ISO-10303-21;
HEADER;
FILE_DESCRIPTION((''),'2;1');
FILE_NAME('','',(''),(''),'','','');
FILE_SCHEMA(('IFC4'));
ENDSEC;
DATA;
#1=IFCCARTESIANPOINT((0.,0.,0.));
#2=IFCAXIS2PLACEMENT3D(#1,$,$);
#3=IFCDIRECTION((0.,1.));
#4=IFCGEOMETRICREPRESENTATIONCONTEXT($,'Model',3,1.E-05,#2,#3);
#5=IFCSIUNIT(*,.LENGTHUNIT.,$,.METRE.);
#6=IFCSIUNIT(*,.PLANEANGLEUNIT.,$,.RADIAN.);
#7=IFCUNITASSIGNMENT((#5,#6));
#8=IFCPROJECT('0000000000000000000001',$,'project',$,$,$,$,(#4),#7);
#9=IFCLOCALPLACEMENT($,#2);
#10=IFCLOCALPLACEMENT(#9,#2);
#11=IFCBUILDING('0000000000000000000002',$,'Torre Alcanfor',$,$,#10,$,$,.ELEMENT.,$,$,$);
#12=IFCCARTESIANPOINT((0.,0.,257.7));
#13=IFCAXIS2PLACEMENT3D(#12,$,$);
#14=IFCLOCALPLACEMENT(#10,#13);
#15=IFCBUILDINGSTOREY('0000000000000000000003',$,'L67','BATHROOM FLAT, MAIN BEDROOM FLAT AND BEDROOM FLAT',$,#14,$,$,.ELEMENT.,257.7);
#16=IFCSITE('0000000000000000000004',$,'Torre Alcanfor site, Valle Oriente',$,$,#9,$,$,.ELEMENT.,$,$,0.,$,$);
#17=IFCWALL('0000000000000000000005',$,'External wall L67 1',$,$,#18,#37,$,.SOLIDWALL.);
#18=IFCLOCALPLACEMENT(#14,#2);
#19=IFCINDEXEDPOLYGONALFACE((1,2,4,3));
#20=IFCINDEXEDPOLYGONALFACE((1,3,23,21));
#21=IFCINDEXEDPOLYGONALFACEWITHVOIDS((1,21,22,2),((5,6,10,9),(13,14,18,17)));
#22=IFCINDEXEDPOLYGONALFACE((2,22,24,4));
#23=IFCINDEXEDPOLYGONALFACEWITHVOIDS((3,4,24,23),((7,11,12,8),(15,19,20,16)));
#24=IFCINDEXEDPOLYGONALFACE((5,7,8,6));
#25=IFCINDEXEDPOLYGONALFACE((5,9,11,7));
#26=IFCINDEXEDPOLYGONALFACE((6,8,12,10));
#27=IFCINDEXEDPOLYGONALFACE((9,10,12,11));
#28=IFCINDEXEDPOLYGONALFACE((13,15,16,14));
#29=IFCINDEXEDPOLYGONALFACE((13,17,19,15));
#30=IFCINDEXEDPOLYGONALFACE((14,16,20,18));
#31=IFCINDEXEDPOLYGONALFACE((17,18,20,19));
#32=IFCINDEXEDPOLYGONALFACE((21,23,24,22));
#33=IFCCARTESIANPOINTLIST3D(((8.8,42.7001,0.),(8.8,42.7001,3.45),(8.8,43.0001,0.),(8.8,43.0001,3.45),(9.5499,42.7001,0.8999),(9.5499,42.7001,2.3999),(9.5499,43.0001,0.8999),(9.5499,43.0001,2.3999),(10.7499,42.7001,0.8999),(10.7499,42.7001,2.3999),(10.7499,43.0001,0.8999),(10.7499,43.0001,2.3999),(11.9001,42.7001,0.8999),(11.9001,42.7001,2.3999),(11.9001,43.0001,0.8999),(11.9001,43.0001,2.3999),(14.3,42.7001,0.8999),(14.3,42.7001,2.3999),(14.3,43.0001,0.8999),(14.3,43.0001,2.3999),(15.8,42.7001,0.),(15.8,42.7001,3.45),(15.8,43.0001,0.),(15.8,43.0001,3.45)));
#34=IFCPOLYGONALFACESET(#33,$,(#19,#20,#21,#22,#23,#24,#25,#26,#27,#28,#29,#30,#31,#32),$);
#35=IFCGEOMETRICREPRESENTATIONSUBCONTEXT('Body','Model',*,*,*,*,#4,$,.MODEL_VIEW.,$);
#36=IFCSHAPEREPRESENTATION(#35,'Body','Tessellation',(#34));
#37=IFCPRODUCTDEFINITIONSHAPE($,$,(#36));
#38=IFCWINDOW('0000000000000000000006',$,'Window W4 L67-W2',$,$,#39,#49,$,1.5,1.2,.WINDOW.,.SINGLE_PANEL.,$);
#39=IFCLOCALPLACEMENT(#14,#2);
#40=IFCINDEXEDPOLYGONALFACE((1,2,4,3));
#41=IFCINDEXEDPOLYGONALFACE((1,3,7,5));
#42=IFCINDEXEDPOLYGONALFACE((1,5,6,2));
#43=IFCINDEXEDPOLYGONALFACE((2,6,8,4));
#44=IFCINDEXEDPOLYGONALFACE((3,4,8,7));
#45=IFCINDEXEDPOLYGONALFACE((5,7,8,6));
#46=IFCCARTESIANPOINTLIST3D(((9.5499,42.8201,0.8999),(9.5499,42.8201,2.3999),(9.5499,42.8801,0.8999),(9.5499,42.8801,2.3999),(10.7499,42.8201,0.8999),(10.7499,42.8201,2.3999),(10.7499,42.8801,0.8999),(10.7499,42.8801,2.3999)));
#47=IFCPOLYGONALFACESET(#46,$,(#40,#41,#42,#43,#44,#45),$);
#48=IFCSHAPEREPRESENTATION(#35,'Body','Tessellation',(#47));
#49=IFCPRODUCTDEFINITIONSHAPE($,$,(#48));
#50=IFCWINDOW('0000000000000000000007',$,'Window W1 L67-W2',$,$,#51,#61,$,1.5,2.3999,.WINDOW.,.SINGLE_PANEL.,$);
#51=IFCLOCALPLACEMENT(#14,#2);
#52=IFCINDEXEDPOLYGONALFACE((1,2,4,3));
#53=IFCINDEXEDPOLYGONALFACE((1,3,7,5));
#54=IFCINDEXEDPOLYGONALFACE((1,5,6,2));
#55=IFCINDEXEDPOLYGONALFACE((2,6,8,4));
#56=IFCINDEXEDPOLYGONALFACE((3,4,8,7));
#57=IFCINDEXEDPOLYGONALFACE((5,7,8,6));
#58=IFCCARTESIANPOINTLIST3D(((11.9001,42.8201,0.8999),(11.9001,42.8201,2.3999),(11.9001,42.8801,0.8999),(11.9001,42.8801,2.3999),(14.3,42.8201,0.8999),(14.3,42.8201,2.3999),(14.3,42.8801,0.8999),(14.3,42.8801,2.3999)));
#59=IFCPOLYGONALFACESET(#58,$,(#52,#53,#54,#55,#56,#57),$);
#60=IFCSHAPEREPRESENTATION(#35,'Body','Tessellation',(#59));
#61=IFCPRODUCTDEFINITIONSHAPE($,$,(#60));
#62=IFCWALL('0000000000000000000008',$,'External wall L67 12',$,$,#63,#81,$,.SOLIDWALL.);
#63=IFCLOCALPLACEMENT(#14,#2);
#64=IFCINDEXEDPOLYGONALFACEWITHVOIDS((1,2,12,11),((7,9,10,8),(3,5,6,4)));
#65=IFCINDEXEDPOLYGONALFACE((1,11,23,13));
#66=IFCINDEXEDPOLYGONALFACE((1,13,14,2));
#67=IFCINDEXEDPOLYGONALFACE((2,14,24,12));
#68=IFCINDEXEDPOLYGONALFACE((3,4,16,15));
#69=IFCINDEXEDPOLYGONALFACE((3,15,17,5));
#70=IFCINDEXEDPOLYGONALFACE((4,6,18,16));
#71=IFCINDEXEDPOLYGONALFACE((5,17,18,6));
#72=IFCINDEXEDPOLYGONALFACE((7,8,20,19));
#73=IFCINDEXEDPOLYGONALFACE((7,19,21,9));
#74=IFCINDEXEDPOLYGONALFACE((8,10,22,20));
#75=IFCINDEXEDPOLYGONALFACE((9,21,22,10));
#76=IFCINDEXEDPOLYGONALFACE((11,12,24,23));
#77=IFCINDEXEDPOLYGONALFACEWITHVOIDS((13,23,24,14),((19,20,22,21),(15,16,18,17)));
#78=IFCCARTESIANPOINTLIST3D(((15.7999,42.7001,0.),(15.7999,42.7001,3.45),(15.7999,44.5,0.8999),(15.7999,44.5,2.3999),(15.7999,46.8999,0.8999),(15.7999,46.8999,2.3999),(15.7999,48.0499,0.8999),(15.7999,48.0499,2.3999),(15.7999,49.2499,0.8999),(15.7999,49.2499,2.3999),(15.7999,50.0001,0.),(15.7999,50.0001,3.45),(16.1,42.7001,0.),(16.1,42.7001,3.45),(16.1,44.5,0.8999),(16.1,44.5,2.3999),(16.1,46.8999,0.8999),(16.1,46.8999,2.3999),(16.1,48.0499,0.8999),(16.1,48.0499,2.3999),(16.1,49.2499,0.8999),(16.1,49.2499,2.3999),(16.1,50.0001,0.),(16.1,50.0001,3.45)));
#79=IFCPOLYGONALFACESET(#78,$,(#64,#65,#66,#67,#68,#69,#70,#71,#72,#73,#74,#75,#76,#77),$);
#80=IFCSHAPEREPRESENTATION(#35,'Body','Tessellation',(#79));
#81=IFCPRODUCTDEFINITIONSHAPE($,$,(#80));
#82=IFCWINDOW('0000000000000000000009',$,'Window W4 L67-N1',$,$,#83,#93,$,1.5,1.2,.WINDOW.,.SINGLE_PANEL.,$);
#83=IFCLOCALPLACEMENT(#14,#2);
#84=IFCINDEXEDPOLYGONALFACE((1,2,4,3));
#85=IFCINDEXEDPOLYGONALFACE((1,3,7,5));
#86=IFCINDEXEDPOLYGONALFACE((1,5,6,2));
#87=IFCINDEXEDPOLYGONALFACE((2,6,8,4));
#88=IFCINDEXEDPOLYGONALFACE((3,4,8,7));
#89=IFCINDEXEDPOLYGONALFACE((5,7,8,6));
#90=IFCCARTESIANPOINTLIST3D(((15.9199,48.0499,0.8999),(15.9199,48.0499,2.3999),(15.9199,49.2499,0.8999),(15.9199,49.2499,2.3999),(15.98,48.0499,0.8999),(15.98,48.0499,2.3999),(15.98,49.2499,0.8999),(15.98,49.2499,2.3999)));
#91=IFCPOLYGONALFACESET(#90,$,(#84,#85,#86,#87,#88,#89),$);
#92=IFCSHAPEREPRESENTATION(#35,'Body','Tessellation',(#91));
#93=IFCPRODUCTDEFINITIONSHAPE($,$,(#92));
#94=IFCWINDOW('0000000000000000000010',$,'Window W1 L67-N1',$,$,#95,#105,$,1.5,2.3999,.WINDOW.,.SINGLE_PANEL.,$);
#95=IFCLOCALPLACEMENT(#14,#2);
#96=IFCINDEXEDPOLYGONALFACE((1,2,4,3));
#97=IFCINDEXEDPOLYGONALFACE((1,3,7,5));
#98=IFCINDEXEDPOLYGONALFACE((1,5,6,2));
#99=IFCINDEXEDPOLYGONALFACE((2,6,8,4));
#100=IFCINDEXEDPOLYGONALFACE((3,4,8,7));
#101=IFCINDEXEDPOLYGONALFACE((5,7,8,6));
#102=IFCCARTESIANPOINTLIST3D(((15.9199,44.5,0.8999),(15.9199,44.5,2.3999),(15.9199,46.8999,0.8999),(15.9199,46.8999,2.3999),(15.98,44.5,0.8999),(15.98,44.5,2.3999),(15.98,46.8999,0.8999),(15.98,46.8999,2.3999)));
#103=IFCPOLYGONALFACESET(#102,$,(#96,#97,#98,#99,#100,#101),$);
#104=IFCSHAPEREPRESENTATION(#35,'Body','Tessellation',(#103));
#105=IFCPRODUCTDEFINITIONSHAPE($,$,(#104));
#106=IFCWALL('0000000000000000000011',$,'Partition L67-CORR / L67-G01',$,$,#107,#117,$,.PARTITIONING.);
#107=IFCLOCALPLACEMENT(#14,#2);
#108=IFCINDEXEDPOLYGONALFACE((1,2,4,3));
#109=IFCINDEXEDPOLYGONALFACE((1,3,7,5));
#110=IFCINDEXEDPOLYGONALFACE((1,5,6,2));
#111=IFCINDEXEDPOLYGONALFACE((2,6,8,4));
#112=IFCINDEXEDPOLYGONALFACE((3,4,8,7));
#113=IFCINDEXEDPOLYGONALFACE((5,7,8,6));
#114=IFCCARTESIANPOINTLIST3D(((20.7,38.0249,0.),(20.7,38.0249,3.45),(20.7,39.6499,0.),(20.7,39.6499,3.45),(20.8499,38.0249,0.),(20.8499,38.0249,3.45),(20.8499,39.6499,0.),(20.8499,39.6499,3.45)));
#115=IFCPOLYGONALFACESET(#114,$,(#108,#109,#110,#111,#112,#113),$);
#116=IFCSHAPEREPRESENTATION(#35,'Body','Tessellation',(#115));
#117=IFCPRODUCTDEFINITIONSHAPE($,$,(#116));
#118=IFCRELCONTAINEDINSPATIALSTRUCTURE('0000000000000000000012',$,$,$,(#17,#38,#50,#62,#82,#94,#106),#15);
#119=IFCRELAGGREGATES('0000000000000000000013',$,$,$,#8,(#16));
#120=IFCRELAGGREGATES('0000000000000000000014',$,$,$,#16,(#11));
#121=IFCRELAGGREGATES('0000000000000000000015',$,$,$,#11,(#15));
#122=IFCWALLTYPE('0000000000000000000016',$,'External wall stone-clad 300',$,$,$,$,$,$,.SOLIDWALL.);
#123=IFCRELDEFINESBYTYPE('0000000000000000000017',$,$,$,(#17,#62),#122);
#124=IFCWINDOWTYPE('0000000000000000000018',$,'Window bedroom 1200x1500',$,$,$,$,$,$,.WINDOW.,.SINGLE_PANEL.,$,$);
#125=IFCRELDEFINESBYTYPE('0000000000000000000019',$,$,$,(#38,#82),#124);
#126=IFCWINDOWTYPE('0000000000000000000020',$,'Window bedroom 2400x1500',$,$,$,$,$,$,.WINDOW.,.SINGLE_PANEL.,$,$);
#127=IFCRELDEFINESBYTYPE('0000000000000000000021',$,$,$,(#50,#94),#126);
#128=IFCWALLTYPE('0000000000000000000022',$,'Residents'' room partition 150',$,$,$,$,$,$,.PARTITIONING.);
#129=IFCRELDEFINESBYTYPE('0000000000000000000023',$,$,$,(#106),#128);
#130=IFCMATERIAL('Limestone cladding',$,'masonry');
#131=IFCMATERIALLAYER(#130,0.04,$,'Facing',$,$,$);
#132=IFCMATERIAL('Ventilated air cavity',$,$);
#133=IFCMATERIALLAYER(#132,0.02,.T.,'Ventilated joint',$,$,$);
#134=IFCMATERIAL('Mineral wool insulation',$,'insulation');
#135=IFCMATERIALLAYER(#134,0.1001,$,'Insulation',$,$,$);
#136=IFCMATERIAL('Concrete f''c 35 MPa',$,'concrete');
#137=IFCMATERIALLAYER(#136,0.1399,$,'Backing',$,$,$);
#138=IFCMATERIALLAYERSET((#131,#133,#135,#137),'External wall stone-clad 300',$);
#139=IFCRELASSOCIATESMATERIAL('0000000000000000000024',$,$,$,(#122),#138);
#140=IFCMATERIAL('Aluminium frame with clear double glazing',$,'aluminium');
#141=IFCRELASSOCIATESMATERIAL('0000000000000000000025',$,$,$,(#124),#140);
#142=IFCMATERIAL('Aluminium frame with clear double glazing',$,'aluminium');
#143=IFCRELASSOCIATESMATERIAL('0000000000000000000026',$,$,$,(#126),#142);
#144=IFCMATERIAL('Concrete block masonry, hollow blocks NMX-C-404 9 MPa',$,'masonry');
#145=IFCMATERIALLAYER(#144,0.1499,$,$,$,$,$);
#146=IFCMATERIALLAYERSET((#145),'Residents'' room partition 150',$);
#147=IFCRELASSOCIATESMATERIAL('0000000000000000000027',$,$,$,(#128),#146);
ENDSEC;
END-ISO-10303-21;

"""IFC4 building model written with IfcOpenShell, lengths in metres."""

from ifc_helpers import new_model, si_unit, direction, frame, frame_2d, origin, place, context, subcontext, project, spatial, rectangle, extrude, material, layer, layer_set, type_object, element, fill, save


model = new_model("IFC4")

# Units and contexts
model_context = context("Model", 3, precision=1e-05, world=origin(), true_north=direction((0.0, 1.0)))
body_context = subcontext(model_context, "Body", "Model", "MODEL_VIEW")
ifc_project = project(units=[si_unit("LENGTHUNIT", "METRE"), si_unit("PLANEANGLEUNIT", "RADIAN")], contexts=[model_context])

# Site, building, storey
site_placement = place(None, origin())
site = spatial("IfcSite", under=ifc_project, at=site_placement, Name="Torre Alcanfor site, Valle Oriente", CompositionType="ELEMENT", RefElevation=0.0)
building_placement = place(site_placement, origin())
building = spatial("IfcBuilding", under=site, at=building_placement, Name="Torre Alcanfor", CompositionType="ELEMENT")
storey_placement = place(building_placement, frame((0.0, 0.0, 257.7)))
storey = spatial("IfcBuildingStorey", under=building, at=storey_placement, Name="L67", Description="BATHROOM FLAT, MAIN BEDROOM FLAT AND BEDROOM FLAT", CompositionType="ELEMENT", Elevation=257.7)

# Walls, openings, windows
ifc_material_1 = material(Name="Limestone cladding", Category="masonry")
ifc_layer_1 = layer(ifc_material_1, 0.04, Name="Facing")
ifc_material_2 = material(Name="Ventilated air cavity")
ifc_layer_2 = layer(ifc_material_2, 0.02, ventilated=True, Name="Ventilated joint")
ifc_material_3 = material(Name="Mineral wool insulation", Category="insulation")
ifc_layer_3 = layer(ifc_material_3, 0.1001, Name="Insulation")
ifc_material_4 = material(Name="Concrete f'c 35 MPa", Category="concrete")
ifc_layer_4 = layer(ifc_material_4, 0.1399, Name="Backing")
ifc_layer_set_1 = layer_set([ifc_layer_1, ifc_layer_2, ifc_layer_3, ifc_layer_4], Name="External wall stone-clad 300")
wall_type_1 = type_object("IfcWallType", Name="External wall stone-clad 300", PredefinedType="SOLIDWALL", material=ifc_layer_set_1)
wall_1_placement = place(storey_placement, frame((15.8, 42.8501, 0.0), z_axis=(0.0, 0.0, 1.0), x_axis=(-1.0, 0.0, 0.0)))
wall_1 = element("IfcWall", 1, at=wall_1_placement, inside=storey, type_object=wall_type_1, Name="External wall L67 1", PredefinedType="SOLIDWALL", context=body_context, shape_type="SweptSolid", body=[
    extrude(rectangle(XDim=7.0, YDim=0.3, at=frame_2d((3.5, 0.0))), origin(), (0.0, 0.0, 1.0), 3.45),
])
opening_1_placement = place(wall_1_placement, frame((1.5, 0.0, 0.8999)))
opening_1 = element("IfcOpeningElement", 2, at=opening_1_placement, cuts=wall_1, PredefinedType="OPENING", context=body_context, shape_type="SweptSolid", body=[
    extrude(rectangle(XDim=2.3999, YDim=1.5, at=frame_2d((1.2, 0.75))), frame((0.0, 0.1599, 0.0), z_axis=(0.0, -1.0, 0.0), x_axis=(1.0, 0.0, 0.0)), (0.0, 0.0, 1.0), 0.3201),
])
opening_2_placement = place(wall_1_placement, frame((5.05, 0.0, 0.8999)))
opening_2 = element("IfcOpeningElement", 3, at=opening_2_placement, cuts=wall_1, PredefinedType="OPENING", context=body_context, shape_type="SweptSolid", body=[
    extrude(rectangle(XDim=1.2, YDim=1.5, at=frame_2d((0.6001, 0.75))), frame((0.0, 0.1599, 0.0), z_axis=(0.0, -1.0, 0.0), x_axis=(1.0, 0.0, 0.0)), (0.0, 0.0, 1.0), 0.3201),
])
ifc_material_5 = material(Name="Aluminium frame with clear double glazing", Category="aluminium")
window_type_1 = type_object("IfcWindowType", Name="Window bedroom 1200x1500", PartitioningType="SINGLE_PANEL", PredefinedType="WINDOW", material=ifc_material_5)
window_1_placement = place(opening_2_placement, origin())
window_1 = element("IfcWindow", 4, at=window_1_placement, inside=storey, type_object=window_type_1, Name="Window W4 L67-W2", OverallHeight=1.5, OverallWidth=1.2, PartitioningType="SINGLE_PANEL", PredefinedType="WINDOW", context=body_context, shape_type="SweptSolid", body=[
    extrude(rectangle(XDim=1.2, YDim=1.5, at=frame_2d((0.6001, 0.75))), frame((0.0, 0.03, 0.0), z_axis=(0.0, -1.0, 0.0), x_axis=(1.0, 0.0, 0.0)), (0.0, 0.0, 1.0), 0.0601),
])
fill(opening_2, window_1)
ifc_material_6 = material(Name="Aluminium frame with clear double glazing", Category="aluminium")
window_type_2 = type_object("IfcWindowType", Name="Window bedroom 2400x1500", PartitioningType="SINGLE_PANEL", PredefinedType="WINDOW", material=ifc_material_6)
window_2_placement = place(opening_1_placement, origin())
window_2 = element("IfcWindow", 5, at=window_2_placement, inside=storey, type_object=window_type_2, Name="Window W1 L67-W2", OverallHeight=1.5, OverallWidth=2.3999, PartitioningType="SINGLE_PANEL", PredefinedType="WINDOW", context=body_context, shape_type="SweptSolid", body=[
    extrude(rectangle(XDim=2.3999, YDim=1.5, at=frame_2d((1.2, 0.75))), frame((0.0, 0.03, 0.0), z_axis=(0.0, -1.0, 0.0), x_axis=(1.0, 0.0, 0.0)), (0.0, 0.0, 1.0), 0.0601),
])
fill(opening_1, window_2)
wall_2_placement = place(storey_placement, frame((15.95, 50.0, 0.0), z_axis=(0.0, 0.0, 1.0), x_axis=(0.0, -1.0, 0.0)))
wall_2 = element("IfcWall", 6, at=wall_2_placement, inside=storey, type_object=wall_type_1, Name="External wall L67 12", PredefinedType="SOLIDWALL", context=body_context, shape_type="SweptSolid", body=[
    extrude(rectangle(XDim=7.3, YDim=0.3, at=frame_2d((3.6499, 0.0))), origin(), (0.0, 0.0, 1.0), 3.45),
])
opening_3_placement = place(wall_2_placement, frame((3.1001, 0.0, 0.8999)))
opening_3 = element("IfcOpeningElement", 7, at=opening_3_placement, cuts=wall_2, PredefinedType="OPENING", context=body_context, shape_type="SweptSolid", body=[
    extrude(rectangle(XDim=2.3999, YDim=1.5, at=frame_2d((1.2, 0.75))), frame((0.0, 0.1599, 0.0), z_axis=(0.0, -1.0, 0.0), x_axis=(1.0, 0.0, 0.0)), (0.0, 0.0, 1.0), 0.3201),
])
opening_4_placement = place(wall_2_placement, frame((0.75, 0.0, 0.8999)))
opening_4 = element("IfcOpeningElement", 8, at=opening_4_placement, cuts=wall_2, PredefinedType="OPENING", context=body_context, shape_type="SweptSolid", body=[
    extrude(rectangle(XDim=1.2, YDim=1.5, at=frame_2d((0.6001, 0.75))), frame((0.0, 0.1599, 0.0), z_axis=(0.0, -1.0, 0.0), x_axis=(1.0, 0.0, 0.0)), (0.0, 0.0, 1.0), 0.3201),
])
window_3_placement = place(opening_4_placement, origin())
window_3 = element("IfcWindow", 9, at=window_3_placement, inside=storey, type_object=window_type_1, Name="Window W4 L67-N1", OverallHeight=1.5, OverallWidth=1.2, PartitioningType="SINGLE_PANEL", PredefinedType="WINDOW", context=body_context, shape_type="SweptSolid", body=[
    extrude(rectangle(XDim=1.2, YDim=1.5, at=frame_2d((0.6001, 0.75))), frame((0.0, 0.03, 0.0), z_axis=(0.0, -1.0, 0.0), x_axis=(1.0, 0.0, 0.0)), (0.0, 0.0, 1.0), 0.0601),
])
fill(opening_4, window_3)
window_4_placement = place(opening_3_placement, origin())
window_4 = element("IfcWindow", 10, at=window_4_placement, inside=storey, type_object=window_type_2, Name="Window W1 L67-N1", OverallHeight=1.5, OverallWidth=2.3999, PartitioningType="SINGLE_PANEL", PredefinedType="WINDOW", context=body_context, shape_type="SweptSolid", body=[
    extrude(rectangle(XDim=2.3999, YDim=1.5, at=frame_2d((1.2, 0.75))), frame((0.0, 0.03, 0.0), z_axis=(0.0, -1.0, 0.0), x_axis=(1.0, 0.0, 0.0)), (0.0, 0.0, 1.0), 0.0601),
])
fill(opening_3, window_4)

# Wall
ifc_material_7 = material(Name="Concrete block masonry, hollow blocks NMX-C-404 9 MPa", Category="masonry")
ifc_layer_5 = layer(ifc_material_7, 0.1499)
ifc_layer_set_2 = layer_set([ifc_layer_5], Name="Residents' room partition 150")
wall_type_2 = type_object("IfcWallType", Name="Residents' room partition 150", PredefinedType="PARTITIONING", material=ifc_layer_set_2)
wall_3_placement = place(storey_placement, frame((20.7749, 39.6499, 0.0), z_axis=(0.0, 0.0, 1.0), x_axis=(0.0, -1.0, 0.0)))
element("IfcWall", 11, at=wall_3_placement, inside=storey, type_object=wall_type_2, Name="Partition L67-CORR / L67-G01", PredefinedType="PARTITIONING", context=body_context, shape_type="SweptSolid", body=[
    extrude(rectangle(XDim=1.625, YDim=0.1499, at=frame_2d((0.8125, 0.0))), origin(), (0.0, 0.0, 1.0), 3.45),
])

save(model, "model.ifc")
